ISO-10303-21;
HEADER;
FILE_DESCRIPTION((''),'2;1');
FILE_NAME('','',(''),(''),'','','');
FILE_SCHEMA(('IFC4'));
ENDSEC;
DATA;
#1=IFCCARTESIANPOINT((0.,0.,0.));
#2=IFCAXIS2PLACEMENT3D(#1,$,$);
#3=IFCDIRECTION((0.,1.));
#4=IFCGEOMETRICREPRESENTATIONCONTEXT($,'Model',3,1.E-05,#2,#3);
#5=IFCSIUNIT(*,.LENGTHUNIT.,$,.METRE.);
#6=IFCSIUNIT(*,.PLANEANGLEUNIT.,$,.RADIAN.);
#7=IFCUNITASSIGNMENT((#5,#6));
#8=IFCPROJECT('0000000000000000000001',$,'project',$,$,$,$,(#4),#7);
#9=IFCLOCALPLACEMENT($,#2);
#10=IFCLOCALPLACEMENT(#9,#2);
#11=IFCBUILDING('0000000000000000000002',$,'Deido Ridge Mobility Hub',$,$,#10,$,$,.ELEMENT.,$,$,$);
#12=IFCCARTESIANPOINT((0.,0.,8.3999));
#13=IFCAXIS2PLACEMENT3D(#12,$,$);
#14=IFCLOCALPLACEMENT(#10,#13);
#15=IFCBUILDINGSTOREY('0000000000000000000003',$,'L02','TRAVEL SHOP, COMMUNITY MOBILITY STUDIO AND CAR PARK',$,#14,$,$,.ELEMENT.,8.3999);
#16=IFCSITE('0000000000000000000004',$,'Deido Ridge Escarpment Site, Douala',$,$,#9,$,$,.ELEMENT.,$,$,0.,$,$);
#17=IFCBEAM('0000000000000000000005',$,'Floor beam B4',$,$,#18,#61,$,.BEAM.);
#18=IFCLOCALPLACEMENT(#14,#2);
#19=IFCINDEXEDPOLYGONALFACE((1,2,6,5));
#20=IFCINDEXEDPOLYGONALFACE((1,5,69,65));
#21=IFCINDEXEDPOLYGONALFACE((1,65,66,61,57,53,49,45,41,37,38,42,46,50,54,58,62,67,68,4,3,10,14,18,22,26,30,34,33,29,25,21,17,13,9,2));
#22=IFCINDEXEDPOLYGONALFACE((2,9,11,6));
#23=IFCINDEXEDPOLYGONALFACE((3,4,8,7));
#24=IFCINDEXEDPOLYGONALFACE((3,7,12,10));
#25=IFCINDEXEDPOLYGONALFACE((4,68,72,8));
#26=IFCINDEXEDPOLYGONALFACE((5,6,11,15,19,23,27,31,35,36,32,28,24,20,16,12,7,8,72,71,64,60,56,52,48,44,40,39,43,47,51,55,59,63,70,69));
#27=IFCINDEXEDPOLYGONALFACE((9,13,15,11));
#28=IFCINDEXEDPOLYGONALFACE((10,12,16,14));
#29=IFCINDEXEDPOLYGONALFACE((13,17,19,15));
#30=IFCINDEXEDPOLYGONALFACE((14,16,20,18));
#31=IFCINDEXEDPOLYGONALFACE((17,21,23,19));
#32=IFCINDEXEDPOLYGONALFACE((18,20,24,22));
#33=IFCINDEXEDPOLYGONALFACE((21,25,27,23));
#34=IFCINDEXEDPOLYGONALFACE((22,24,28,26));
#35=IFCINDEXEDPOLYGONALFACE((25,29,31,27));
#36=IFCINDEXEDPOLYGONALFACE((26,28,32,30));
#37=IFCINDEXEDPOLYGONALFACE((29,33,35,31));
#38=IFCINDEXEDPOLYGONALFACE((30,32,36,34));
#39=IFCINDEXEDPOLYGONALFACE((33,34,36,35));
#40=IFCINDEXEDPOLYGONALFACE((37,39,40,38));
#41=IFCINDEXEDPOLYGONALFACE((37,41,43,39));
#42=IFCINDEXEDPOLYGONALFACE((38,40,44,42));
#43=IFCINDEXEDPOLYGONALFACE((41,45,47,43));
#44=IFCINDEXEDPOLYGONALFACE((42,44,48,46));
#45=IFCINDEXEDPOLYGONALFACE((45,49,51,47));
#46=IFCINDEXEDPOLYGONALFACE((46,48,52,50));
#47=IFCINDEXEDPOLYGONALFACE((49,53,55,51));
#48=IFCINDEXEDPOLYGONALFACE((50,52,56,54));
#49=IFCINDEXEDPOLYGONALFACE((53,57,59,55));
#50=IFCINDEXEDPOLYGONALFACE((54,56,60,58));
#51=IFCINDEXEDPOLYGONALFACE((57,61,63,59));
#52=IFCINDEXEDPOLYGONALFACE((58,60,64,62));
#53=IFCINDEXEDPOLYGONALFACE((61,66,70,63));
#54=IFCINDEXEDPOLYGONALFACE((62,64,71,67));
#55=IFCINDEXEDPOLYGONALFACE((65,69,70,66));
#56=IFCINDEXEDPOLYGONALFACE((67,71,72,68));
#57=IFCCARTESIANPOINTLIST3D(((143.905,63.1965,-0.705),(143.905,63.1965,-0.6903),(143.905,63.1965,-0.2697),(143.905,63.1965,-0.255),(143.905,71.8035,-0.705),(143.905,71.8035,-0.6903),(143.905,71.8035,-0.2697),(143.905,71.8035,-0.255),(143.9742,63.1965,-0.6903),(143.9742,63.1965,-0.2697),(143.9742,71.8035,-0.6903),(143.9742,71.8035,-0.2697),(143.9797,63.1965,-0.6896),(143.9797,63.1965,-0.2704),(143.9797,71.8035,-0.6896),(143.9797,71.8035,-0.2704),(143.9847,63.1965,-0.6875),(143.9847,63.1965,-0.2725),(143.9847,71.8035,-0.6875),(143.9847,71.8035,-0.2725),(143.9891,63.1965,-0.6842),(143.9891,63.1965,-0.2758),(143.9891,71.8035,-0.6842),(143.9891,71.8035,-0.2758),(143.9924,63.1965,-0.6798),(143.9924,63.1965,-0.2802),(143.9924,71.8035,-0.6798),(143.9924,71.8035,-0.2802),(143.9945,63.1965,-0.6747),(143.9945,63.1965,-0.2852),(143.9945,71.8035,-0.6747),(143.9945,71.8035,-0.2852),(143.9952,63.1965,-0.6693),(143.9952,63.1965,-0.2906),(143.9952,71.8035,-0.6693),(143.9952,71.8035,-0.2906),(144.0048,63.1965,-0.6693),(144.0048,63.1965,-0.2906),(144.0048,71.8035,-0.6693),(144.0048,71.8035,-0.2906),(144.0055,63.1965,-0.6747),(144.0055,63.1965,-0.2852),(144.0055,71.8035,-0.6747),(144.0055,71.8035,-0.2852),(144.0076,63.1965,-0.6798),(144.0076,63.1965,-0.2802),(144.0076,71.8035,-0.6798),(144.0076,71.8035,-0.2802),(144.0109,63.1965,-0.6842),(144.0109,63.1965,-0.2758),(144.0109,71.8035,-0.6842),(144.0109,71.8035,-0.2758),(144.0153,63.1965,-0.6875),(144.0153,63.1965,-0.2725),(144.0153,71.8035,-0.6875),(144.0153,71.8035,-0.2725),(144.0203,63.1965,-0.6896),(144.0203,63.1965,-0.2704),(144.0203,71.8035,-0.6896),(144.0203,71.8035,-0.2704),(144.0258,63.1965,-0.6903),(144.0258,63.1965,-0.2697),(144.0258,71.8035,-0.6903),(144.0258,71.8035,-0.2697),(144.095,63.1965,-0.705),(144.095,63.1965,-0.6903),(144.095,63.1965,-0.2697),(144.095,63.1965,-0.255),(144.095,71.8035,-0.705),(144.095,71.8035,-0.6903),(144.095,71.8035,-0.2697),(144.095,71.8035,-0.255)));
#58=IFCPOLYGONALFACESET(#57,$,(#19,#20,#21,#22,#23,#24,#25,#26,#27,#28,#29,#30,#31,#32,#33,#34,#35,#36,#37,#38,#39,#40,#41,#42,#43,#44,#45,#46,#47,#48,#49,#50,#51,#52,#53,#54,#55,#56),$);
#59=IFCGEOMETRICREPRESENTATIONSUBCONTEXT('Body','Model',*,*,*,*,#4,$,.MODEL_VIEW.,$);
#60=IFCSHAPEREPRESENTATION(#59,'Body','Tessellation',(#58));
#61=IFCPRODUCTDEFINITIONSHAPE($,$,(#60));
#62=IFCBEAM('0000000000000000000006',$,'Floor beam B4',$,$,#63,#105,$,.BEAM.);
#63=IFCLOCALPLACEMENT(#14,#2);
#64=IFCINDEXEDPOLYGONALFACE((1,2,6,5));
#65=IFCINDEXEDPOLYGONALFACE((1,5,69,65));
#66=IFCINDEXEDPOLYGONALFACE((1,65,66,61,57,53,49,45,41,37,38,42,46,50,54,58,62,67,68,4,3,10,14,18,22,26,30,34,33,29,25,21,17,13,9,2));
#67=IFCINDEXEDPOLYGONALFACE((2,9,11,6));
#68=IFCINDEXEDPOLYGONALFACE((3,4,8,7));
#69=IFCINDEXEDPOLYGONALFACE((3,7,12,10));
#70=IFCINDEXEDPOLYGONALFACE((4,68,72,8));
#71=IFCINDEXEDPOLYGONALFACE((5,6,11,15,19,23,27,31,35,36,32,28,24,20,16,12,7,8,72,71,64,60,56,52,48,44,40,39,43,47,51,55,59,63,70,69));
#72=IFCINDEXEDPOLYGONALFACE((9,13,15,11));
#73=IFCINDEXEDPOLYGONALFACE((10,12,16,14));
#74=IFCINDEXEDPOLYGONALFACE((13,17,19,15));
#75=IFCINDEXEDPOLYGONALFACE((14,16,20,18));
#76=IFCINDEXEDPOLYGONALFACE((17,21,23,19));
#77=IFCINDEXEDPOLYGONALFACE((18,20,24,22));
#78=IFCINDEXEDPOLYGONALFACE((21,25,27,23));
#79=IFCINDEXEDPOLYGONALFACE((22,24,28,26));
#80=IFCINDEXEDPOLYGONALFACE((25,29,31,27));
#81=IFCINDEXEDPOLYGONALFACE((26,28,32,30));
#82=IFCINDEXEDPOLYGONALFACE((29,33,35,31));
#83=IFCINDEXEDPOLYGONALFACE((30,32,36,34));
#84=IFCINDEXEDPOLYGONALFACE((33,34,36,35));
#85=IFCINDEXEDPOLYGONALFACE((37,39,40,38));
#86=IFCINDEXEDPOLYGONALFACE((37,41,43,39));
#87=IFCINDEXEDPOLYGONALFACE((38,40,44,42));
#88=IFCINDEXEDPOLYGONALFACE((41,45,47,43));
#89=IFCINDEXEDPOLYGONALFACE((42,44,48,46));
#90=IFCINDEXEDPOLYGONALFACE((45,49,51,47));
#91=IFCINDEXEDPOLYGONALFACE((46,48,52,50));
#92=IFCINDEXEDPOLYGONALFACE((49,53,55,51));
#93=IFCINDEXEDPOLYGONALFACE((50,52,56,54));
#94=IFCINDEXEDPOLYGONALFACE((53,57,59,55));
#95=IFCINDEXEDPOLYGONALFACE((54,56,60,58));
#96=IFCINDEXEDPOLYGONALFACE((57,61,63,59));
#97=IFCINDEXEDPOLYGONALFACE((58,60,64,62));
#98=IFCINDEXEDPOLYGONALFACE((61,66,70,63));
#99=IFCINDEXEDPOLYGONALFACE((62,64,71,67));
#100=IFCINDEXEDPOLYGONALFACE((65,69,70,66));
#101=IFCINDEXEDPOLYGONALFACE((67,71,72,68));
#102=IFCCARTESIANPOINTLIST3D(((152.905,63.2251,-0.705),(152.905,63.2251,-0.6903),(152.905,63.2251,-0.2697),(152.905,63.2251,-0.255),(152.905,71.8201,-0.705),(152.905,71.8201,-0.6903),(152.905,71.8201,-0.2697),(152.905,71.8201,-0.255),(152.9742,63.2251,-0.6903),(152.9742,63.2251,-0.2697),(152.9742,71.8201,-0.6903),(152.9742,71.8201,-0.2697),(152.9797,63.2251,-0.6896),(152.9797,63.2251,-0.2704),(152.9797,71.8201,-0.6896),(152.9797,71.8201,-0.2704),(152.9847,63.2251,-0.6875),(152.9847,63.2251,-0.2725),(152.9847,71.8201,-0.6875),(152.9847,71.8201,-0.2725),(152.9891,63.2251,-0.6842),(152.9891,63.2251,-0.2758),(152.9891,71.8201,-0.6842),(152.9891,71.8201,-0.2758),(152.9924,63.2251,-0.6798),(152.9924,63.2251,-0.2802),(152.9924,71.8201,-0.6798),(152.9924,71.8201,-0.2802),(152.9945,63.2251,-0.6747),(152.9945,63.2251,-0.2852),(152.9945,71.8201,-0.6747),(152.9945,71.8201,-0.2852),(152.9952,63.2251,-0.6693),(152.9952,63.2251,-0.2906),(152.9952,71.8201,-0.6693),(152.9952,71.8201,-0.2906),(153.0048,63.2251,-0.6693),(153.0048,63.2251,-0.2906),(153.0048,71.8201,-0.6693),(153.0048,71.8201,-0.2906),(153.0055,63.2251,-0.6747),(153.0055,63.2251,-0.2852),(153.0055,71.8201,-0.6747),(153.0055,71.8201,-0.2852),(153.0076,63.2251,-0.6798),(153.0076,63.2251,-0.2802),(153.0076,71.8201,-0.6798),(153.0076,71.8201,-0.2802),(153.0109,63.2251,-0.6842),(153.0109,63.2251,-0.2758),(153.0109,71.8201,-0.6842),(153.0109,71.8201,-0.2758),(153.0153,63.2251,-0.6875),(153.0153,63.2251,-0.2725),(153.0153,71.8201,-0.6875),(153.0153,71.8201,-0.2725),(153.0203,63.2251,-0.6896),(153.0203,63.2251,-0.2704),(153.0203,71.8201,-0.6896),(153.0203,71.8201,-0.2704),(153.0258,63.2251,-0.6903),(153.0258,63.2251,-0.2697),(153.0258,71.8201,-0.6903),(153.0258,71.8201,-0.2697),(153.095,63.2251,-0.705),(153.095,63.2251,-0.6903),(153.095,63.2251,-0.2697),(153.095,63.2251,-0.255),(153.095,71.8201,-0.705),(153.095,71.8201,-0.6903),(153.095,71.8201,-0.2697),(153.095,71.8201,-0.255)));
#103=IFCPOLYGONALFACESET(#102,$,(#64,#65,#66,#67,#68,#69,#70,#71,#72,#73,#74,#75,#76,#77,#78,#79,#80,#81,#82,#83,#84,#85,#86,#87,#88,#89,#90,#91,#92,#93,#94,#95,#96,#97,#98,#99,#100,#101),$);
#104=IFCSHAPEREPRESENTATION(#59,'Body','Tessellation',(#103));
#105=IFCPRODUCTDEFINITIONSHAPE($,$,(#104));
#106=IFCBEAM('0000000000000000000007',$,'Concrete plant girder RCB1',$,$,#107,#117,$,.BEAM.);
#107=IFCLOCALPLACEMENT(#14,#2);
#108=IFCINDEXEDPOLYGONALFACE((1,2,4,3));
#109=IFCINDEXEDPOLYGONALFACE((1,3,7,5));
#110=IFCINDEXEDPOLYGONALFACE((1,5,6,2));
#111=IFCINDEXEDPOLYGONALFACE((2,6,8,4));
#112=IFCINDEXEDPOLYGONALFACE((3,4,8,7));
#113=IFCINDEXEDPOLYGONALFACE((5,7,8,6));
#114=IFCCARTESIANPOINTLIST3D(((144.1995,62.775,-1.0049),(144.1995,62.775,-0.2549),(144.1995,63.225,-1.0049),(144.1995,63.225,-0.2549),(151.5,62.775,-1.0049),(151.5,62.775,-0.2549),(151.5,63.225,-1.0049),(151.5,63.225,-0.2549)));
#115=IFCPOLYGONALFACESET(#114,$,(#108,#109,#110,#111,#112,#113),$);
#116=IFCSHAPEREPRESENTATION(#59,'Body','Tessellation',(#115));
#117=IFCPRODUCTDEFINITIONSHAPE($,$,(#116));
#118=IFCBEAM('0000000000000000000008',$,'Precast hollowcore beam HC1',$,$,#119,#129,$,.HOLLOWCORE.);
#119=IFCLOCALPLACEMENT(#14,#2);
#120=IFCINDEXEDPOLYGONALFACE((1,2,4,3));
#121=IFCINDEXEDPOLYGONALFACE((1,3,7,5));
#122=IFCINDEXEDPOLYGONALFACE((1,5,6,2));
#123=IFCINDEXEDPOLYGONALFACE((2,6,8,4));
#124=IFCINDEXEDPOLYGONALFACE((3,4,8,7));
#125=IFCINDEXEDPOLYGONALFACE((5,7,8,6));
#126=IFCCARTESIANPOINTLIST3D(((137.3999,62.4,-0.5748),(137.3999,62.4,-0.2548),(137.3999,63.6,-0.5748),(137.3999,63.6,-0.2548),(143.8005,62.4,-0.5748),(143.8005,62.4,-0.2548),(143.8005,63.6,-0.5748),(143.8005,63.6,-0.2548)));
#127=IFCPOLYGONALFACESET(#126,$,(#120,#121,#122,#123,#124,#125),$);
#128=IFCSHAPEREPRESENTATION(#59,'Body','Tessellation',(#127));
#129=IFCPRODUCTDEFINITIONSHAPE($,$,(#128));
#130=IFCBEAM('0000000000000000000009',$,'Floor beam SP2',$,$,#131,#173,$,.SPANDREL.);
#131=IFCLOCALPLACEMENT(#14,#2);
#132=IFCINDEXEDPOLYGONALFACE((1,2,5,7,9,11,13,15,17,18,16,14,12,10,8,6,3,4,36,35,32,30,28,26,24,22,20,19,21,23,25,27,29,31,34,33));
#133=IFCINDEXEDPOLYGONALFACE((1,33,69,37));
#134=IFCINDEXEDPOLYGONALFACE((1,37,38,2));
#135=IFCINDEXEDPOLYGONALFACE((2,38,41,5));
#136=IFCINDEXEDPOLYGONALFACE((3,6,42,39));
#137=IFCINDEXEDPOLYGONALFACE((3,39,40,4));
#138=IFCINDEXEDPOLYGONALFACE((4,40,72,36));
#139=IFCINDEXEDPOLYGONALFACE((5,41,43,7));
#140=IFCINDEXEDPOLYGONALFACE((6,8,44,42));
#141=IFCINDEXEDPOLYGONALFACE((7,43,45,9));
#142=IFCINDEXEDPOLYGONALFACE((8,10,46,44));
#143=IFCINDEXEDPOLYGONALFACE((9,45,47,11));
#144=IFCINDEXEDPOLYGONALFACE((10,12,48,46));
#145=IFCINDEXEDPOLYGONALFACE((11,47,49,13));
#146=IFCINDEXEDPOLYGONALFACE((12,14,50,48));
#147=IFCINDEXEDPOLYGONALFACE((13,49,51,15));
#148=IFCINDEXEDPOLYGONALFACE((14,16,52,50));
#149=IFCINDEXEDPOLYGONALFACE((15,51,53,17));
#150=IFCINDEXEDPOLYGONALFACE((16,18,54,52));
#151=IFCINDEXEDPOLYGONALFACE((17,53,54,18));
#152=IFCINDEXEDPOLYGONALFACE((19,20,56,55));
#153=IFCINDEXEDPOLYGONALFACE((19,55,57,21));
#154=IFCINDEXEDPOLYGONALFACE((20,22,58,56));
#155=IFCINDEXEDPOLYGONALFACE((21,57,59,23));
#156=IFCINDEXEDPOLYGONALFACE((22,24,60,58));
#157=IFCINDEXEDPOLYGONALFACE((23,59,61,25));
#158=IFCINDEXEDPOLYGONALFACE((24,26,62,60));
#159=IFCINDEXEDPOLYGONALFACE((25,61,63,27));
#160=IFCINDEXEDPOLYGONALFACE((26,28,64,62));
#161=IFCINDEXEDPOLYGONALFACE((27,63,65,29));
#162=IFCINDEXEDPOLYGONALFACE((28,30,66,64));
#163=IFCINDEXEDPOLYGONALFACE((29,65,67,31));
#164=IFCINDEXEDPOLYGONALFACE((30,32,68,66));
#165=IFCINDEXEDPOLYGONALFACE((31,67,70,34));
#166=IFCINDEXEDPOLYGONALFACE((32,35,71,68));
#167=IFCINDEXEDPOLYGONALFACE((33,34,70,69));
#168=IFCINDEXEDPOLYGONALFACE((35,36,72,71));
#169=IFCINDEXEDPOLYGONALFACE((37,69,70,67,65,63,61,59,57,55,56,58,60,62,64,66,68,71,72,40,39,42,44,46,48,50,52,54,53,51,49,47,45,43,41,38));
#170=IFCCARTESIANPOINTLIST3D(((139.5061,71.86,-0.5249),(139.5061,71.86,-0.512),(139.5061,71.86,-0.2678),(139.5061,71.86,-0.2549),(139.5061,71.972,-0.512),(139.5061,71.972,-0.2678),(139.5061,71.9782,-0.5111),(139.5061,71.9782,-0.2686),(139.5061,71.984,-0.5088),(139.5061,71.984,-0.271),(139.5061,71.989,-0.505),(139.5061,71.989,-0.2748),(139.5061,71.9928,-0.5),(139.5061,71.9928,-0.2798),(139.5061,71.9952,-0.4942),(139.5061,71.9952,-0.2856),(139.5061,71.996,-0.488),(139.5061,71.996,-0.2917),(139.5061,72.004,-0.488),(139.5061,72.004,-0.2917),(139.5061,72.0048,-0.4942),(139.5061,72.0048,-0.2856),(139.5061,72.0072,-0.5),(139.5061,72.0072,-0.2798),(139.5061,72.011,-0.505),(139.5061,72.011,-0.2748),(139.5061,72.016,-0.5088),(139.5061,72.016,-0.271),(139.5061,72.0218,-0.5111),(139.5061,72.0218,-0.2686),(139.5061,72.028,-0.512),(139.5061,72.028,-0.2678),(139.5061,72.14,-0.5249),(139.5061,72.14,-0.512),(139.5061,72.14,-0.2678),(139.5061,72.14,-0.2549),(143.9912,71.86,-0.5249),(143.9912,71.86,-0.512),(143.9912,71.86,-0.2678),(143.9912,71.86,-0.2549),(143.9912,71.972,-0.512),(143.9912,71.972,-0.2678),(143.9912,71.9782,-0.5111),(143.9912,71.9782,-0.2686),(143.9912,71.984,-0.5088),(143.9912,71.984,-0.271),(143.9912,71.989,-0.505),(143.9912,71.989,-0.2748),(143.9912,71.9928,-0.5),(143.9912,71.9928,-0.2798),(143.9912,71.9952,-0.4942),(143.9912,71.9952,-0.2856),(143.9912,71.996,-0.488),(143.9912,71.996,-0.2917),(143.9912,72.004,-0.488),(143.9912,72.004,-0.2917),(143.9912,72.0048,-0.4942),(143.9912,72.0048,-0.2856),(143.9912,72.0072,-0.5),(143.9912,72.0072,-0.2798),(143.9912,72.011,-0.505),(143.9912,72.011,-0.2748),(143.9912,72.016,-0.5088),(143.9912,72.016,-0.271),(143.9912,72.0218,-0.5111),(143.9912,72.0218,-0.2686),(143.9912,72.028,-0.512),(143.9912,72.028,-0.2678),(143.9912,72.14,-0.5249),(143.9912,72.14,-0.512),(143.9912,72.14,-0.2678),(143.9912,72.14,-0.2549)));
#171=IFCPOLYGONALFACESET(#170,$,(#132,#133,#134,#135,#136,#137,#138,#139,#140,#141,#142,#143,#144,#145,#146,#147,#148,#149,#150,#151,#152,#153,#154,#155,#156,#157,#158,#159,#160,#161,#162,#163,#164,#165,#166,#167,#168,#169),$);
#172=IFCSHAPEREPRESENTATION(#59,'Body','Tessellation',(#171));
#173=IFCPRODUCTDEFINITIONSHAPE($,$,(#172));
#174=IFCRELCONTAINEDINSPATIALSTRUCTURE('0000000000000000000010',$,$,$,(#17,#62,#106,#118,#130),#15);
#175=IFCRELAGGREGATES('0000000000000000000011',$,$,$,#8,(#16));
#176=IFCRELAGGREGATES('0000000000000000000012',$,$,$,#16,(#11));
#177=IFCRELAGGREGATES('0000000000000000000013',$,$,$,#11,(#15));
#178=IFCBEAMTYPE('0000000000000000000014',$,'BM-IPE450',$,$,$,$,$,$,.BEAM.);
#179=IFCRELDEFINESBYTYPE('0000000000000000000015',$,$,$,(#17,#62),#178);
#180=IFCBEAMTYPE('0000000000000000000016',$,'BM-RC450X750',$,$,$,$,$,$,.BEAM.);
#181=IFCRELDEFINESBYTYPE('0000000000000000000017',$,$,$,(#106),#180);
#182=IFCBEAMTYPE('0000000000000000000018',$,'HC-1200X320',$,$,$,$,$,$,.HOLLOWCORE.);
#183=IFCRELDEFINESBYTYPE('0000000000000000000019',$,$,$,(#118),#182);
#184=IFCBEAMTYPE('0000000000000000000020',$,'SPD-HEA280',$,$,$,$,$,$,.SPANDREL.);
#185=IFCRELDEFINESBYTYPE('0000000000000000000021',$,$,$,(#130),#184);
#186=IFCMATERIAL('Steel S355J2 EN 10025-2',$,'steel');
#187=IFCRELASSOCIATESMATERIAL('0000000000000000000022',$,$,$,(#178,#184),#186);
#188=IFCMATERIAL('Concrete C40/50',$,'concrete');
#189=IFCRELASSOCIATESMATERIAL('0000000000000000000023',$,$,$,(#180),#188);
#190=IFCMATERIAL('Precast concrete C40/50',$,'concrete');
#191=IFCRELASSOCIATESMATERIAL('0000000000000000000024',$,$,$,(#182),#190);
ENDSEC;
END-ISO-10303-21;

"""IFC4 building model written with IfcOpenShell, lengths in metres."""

from ifc_helpers import new_model, si_unit, direction, frame, origin, origin_2d, place, context, subcontext, project, spatial, rectangle, i_section, extrude, material, material_profile, profile_set, type_object, element, save


model = new_model("IFC4")

# Units and contexts
model_context = context("Model", 3, precision=1e-05, world=origin(), true_north=direction((0.0, 1.0)))
body_context = subcontext(model_context, "Body", "Model", "MODEL_VIEW")
ifc_project = project(units=[si_unit("LENGTHUNIT", "METRE"), si_unit("PLANEANGLEUNIT", "RADIAN")], contexts=[model_context])

# Site, building, storey
site_placement = place(None, origin())
site = spatial("IfcSite", under=ifc_project, at=site_placement, Name="Deido Ridge Escarpment Site, Douala", CompositionType="ELEMENT", RefElevation=0.0)
building_placement = place(site_placement, origin())
building = spatial("IfcBuilding", under=site, at=building_placement, Name="Deido Ridge Mobility Hub", CompositionType="ELEMENT")
storey_placement = place(building_placement, frame((0.0, 0.0, 8.3999)))
storey = spatial("IfcBuildingStorey", under=building, at=storey_placement, Name="L02", Description="TRAVEL SHOP, COMMUNITY MOBILITY STUDIO AND CAR PARK", CompositionType="ELEMENT", Elevation=8.3999)

# Shared definitions
ifc_material_1 = material(Name="Steel S355J2 EN 10025-2", Category="steel")

# Beams
ifc_material_profile_1 = material_profile(ifc_material_1, i_section(OverallWidth=0.1899, OverallDepth=0.45, WebThickness=0.0095, FlangeThickness=0.0146, FilletRadius=0.021, at=origin_2d()), Name="IPE 450")
ifc_profile_set_1 = profile_set([ifc_material_profile_1], Name="Steel S355J2 EN 10025-2")
beam_type_1 = type_object("IfcBeamType", Name="BM-IPE450", PredefinedType="BEAM", material=ifc_profile_set_1)
beam_1_placement = place(storey_placement, frame((144.0, 63.1965, -0.48), z_axis=(0.0, 1.0, 0.0), x_axis=(-1.0, 0.0, 0.0)))
element("IfcBeam", 1, at=beam_1_placement, inside=storey, type_object=beam_type_1, Name="Floor beam B4", PredefinedType="BEAM", context=body_context, shape_type="SweptSolid", body=[
    extrude(i_section(OverallWidth=0.1899, OverallDepth=0.45, WebThickness=0.0095, FlangeThickness=0.0146, FilletRadius=0.021, at=origin_2d()), origin(), (0.0, 0.0, 1.0), 8.6069),
])
beam_2_placement = place(storey_placement, frame((153.0, 63.2251, -0.48), z_axis=(0.0, 1.0, 0.0), x_axis=(-1.0, 0.0, 0.0)))
element("IfcBeam", 2, at=beam_2_placement, inside=storey, type_object=beam_type_1, Name="Floor beam B4", PredefinedType="BEAM", context=body_context, shape_type="SweptSolid", body=[
    extrude(i_section(OverallWidth=0.1899, OverallDepth=0.45, WebThickness=0.0095, FlangeThickness=0.0146, FilletRadius=0.021, at=origin_2d()), origin(), (0.0, 0.0, 1.0), 8.595),
])
ifc_material_2 = material(Name="Concrete C40/50", Category="concrete")
ifc_material_profile_2 = material_profile(ifc_material_2, rectangle(XDim=0.45, YDim=0.75, at=origin_2d()), Name="RC BEAM 450x750")
ifc_profile_set_2 = profile_set([ifc_material_profile_2], Name="Concrete C40/50")
beam_type_2 = type_object("IfcBeamType", Name="BM-RC450X750", PredefinedType="BEAM", material=ifc_profile_set_2)
beam_3_placement = place(storey_placement, frame((144.1995, 63.0, -0.6299), z_axis=(1.0, 0.0, 0.0), x_axis=(0.0, 1.0, 0.0)))
element("IfcBeam", 3, at=beam_3_placement, inside=storey, type_object=beam_type_2, Name="Concrete plant girder RCB1", PredefinedType="BEAM", context=body_context, shape_type="SweptSolid", body=[
    extrude(rectangle(XDim=0.45, YDim=0.75, at=origin_2d()), origin(), (0.0, 0.0, 1.0), 7.3005),
])
ifc_material_3 = material(Name="Precast concrete C40/50", Category="concrete")
ifc_material_profile_3 = material_profile(ifc_material_3, rectangle(XDim=1.2, YDim=0.3201, at=origin_2d()), Name="RC HC 1200x320")
ifc_profile_set_3 = profile_set([ifc_material_profile_3], Name="Precast concrete C40/50")
beam_type_3 = type_object("IfcBeamType", Name="HC-1200X320", PredefinedType="HOLLOWCORE", material=ifc_profile_set_3)
beam_4_placement = place(storey_placement, frame((137.3999, 63.0, -0.4148), z_axis=(1.0, 0.0, 0.0), x_axis=(0.0, 1.0, 0.0)))
element("IfcBeam", 4, at=beam_4_placement, inside=storey, type_object=beam_type_3, Name="Precast hollowcore beam HC1", PredefinedType="HOLLOWCORE", context=body_context, shape_type="SweptSolid", body=[
    extrude(rectangle(XDim=1.2, YDim=0.3201, at=origin_2d()), origin(), (0.0, 0.0, 1.0), 6.4006),
])
ifc_material_profile_4 = material_profile(ifc_material_1, i_section(OverallWidth=0.28, OverallDepth=0.27, WebThickness=0.0081, FlangeThickness=0.0129, FilletRadius=0.0239, at=origin_2d()), Name="HEA 280")
ifc_profile_set_4 = profile_set([ifc_material_profile_4], Name="Steel S355J2 EN 10025-2")
beam_type_4 = type_object("IfcBeamType", Name="SPD-HEA280", PredefinedType="SPANDREL", material=ifc_profile_set_4)
beam_5_placement = place(storey_placement, frame((139.5061, 72.0, -0.3899), z_axis=(1.0, 0.0, 0.0), x_axis=(0.0, 1.0, 0.0)))
element("IfcBeam", 5, at=beam_5_placement, inside=storey, type_object=beam_type_4, Name="Floor beam SP2", PredefinedType="SPANDREL", context=body_context, shape_type="SweptSolid", body=[
    extrude(i_section(OverallWidth=0.28, OverallDepth=0.27, WebThickness=0.0081, FlangeThickness=0.0129, FilletRadius=0.0239, at=origin_2d()), origin(), (0.0, 0.0, 1.0), 4.4851),
])

save(model, "model.ifc")
